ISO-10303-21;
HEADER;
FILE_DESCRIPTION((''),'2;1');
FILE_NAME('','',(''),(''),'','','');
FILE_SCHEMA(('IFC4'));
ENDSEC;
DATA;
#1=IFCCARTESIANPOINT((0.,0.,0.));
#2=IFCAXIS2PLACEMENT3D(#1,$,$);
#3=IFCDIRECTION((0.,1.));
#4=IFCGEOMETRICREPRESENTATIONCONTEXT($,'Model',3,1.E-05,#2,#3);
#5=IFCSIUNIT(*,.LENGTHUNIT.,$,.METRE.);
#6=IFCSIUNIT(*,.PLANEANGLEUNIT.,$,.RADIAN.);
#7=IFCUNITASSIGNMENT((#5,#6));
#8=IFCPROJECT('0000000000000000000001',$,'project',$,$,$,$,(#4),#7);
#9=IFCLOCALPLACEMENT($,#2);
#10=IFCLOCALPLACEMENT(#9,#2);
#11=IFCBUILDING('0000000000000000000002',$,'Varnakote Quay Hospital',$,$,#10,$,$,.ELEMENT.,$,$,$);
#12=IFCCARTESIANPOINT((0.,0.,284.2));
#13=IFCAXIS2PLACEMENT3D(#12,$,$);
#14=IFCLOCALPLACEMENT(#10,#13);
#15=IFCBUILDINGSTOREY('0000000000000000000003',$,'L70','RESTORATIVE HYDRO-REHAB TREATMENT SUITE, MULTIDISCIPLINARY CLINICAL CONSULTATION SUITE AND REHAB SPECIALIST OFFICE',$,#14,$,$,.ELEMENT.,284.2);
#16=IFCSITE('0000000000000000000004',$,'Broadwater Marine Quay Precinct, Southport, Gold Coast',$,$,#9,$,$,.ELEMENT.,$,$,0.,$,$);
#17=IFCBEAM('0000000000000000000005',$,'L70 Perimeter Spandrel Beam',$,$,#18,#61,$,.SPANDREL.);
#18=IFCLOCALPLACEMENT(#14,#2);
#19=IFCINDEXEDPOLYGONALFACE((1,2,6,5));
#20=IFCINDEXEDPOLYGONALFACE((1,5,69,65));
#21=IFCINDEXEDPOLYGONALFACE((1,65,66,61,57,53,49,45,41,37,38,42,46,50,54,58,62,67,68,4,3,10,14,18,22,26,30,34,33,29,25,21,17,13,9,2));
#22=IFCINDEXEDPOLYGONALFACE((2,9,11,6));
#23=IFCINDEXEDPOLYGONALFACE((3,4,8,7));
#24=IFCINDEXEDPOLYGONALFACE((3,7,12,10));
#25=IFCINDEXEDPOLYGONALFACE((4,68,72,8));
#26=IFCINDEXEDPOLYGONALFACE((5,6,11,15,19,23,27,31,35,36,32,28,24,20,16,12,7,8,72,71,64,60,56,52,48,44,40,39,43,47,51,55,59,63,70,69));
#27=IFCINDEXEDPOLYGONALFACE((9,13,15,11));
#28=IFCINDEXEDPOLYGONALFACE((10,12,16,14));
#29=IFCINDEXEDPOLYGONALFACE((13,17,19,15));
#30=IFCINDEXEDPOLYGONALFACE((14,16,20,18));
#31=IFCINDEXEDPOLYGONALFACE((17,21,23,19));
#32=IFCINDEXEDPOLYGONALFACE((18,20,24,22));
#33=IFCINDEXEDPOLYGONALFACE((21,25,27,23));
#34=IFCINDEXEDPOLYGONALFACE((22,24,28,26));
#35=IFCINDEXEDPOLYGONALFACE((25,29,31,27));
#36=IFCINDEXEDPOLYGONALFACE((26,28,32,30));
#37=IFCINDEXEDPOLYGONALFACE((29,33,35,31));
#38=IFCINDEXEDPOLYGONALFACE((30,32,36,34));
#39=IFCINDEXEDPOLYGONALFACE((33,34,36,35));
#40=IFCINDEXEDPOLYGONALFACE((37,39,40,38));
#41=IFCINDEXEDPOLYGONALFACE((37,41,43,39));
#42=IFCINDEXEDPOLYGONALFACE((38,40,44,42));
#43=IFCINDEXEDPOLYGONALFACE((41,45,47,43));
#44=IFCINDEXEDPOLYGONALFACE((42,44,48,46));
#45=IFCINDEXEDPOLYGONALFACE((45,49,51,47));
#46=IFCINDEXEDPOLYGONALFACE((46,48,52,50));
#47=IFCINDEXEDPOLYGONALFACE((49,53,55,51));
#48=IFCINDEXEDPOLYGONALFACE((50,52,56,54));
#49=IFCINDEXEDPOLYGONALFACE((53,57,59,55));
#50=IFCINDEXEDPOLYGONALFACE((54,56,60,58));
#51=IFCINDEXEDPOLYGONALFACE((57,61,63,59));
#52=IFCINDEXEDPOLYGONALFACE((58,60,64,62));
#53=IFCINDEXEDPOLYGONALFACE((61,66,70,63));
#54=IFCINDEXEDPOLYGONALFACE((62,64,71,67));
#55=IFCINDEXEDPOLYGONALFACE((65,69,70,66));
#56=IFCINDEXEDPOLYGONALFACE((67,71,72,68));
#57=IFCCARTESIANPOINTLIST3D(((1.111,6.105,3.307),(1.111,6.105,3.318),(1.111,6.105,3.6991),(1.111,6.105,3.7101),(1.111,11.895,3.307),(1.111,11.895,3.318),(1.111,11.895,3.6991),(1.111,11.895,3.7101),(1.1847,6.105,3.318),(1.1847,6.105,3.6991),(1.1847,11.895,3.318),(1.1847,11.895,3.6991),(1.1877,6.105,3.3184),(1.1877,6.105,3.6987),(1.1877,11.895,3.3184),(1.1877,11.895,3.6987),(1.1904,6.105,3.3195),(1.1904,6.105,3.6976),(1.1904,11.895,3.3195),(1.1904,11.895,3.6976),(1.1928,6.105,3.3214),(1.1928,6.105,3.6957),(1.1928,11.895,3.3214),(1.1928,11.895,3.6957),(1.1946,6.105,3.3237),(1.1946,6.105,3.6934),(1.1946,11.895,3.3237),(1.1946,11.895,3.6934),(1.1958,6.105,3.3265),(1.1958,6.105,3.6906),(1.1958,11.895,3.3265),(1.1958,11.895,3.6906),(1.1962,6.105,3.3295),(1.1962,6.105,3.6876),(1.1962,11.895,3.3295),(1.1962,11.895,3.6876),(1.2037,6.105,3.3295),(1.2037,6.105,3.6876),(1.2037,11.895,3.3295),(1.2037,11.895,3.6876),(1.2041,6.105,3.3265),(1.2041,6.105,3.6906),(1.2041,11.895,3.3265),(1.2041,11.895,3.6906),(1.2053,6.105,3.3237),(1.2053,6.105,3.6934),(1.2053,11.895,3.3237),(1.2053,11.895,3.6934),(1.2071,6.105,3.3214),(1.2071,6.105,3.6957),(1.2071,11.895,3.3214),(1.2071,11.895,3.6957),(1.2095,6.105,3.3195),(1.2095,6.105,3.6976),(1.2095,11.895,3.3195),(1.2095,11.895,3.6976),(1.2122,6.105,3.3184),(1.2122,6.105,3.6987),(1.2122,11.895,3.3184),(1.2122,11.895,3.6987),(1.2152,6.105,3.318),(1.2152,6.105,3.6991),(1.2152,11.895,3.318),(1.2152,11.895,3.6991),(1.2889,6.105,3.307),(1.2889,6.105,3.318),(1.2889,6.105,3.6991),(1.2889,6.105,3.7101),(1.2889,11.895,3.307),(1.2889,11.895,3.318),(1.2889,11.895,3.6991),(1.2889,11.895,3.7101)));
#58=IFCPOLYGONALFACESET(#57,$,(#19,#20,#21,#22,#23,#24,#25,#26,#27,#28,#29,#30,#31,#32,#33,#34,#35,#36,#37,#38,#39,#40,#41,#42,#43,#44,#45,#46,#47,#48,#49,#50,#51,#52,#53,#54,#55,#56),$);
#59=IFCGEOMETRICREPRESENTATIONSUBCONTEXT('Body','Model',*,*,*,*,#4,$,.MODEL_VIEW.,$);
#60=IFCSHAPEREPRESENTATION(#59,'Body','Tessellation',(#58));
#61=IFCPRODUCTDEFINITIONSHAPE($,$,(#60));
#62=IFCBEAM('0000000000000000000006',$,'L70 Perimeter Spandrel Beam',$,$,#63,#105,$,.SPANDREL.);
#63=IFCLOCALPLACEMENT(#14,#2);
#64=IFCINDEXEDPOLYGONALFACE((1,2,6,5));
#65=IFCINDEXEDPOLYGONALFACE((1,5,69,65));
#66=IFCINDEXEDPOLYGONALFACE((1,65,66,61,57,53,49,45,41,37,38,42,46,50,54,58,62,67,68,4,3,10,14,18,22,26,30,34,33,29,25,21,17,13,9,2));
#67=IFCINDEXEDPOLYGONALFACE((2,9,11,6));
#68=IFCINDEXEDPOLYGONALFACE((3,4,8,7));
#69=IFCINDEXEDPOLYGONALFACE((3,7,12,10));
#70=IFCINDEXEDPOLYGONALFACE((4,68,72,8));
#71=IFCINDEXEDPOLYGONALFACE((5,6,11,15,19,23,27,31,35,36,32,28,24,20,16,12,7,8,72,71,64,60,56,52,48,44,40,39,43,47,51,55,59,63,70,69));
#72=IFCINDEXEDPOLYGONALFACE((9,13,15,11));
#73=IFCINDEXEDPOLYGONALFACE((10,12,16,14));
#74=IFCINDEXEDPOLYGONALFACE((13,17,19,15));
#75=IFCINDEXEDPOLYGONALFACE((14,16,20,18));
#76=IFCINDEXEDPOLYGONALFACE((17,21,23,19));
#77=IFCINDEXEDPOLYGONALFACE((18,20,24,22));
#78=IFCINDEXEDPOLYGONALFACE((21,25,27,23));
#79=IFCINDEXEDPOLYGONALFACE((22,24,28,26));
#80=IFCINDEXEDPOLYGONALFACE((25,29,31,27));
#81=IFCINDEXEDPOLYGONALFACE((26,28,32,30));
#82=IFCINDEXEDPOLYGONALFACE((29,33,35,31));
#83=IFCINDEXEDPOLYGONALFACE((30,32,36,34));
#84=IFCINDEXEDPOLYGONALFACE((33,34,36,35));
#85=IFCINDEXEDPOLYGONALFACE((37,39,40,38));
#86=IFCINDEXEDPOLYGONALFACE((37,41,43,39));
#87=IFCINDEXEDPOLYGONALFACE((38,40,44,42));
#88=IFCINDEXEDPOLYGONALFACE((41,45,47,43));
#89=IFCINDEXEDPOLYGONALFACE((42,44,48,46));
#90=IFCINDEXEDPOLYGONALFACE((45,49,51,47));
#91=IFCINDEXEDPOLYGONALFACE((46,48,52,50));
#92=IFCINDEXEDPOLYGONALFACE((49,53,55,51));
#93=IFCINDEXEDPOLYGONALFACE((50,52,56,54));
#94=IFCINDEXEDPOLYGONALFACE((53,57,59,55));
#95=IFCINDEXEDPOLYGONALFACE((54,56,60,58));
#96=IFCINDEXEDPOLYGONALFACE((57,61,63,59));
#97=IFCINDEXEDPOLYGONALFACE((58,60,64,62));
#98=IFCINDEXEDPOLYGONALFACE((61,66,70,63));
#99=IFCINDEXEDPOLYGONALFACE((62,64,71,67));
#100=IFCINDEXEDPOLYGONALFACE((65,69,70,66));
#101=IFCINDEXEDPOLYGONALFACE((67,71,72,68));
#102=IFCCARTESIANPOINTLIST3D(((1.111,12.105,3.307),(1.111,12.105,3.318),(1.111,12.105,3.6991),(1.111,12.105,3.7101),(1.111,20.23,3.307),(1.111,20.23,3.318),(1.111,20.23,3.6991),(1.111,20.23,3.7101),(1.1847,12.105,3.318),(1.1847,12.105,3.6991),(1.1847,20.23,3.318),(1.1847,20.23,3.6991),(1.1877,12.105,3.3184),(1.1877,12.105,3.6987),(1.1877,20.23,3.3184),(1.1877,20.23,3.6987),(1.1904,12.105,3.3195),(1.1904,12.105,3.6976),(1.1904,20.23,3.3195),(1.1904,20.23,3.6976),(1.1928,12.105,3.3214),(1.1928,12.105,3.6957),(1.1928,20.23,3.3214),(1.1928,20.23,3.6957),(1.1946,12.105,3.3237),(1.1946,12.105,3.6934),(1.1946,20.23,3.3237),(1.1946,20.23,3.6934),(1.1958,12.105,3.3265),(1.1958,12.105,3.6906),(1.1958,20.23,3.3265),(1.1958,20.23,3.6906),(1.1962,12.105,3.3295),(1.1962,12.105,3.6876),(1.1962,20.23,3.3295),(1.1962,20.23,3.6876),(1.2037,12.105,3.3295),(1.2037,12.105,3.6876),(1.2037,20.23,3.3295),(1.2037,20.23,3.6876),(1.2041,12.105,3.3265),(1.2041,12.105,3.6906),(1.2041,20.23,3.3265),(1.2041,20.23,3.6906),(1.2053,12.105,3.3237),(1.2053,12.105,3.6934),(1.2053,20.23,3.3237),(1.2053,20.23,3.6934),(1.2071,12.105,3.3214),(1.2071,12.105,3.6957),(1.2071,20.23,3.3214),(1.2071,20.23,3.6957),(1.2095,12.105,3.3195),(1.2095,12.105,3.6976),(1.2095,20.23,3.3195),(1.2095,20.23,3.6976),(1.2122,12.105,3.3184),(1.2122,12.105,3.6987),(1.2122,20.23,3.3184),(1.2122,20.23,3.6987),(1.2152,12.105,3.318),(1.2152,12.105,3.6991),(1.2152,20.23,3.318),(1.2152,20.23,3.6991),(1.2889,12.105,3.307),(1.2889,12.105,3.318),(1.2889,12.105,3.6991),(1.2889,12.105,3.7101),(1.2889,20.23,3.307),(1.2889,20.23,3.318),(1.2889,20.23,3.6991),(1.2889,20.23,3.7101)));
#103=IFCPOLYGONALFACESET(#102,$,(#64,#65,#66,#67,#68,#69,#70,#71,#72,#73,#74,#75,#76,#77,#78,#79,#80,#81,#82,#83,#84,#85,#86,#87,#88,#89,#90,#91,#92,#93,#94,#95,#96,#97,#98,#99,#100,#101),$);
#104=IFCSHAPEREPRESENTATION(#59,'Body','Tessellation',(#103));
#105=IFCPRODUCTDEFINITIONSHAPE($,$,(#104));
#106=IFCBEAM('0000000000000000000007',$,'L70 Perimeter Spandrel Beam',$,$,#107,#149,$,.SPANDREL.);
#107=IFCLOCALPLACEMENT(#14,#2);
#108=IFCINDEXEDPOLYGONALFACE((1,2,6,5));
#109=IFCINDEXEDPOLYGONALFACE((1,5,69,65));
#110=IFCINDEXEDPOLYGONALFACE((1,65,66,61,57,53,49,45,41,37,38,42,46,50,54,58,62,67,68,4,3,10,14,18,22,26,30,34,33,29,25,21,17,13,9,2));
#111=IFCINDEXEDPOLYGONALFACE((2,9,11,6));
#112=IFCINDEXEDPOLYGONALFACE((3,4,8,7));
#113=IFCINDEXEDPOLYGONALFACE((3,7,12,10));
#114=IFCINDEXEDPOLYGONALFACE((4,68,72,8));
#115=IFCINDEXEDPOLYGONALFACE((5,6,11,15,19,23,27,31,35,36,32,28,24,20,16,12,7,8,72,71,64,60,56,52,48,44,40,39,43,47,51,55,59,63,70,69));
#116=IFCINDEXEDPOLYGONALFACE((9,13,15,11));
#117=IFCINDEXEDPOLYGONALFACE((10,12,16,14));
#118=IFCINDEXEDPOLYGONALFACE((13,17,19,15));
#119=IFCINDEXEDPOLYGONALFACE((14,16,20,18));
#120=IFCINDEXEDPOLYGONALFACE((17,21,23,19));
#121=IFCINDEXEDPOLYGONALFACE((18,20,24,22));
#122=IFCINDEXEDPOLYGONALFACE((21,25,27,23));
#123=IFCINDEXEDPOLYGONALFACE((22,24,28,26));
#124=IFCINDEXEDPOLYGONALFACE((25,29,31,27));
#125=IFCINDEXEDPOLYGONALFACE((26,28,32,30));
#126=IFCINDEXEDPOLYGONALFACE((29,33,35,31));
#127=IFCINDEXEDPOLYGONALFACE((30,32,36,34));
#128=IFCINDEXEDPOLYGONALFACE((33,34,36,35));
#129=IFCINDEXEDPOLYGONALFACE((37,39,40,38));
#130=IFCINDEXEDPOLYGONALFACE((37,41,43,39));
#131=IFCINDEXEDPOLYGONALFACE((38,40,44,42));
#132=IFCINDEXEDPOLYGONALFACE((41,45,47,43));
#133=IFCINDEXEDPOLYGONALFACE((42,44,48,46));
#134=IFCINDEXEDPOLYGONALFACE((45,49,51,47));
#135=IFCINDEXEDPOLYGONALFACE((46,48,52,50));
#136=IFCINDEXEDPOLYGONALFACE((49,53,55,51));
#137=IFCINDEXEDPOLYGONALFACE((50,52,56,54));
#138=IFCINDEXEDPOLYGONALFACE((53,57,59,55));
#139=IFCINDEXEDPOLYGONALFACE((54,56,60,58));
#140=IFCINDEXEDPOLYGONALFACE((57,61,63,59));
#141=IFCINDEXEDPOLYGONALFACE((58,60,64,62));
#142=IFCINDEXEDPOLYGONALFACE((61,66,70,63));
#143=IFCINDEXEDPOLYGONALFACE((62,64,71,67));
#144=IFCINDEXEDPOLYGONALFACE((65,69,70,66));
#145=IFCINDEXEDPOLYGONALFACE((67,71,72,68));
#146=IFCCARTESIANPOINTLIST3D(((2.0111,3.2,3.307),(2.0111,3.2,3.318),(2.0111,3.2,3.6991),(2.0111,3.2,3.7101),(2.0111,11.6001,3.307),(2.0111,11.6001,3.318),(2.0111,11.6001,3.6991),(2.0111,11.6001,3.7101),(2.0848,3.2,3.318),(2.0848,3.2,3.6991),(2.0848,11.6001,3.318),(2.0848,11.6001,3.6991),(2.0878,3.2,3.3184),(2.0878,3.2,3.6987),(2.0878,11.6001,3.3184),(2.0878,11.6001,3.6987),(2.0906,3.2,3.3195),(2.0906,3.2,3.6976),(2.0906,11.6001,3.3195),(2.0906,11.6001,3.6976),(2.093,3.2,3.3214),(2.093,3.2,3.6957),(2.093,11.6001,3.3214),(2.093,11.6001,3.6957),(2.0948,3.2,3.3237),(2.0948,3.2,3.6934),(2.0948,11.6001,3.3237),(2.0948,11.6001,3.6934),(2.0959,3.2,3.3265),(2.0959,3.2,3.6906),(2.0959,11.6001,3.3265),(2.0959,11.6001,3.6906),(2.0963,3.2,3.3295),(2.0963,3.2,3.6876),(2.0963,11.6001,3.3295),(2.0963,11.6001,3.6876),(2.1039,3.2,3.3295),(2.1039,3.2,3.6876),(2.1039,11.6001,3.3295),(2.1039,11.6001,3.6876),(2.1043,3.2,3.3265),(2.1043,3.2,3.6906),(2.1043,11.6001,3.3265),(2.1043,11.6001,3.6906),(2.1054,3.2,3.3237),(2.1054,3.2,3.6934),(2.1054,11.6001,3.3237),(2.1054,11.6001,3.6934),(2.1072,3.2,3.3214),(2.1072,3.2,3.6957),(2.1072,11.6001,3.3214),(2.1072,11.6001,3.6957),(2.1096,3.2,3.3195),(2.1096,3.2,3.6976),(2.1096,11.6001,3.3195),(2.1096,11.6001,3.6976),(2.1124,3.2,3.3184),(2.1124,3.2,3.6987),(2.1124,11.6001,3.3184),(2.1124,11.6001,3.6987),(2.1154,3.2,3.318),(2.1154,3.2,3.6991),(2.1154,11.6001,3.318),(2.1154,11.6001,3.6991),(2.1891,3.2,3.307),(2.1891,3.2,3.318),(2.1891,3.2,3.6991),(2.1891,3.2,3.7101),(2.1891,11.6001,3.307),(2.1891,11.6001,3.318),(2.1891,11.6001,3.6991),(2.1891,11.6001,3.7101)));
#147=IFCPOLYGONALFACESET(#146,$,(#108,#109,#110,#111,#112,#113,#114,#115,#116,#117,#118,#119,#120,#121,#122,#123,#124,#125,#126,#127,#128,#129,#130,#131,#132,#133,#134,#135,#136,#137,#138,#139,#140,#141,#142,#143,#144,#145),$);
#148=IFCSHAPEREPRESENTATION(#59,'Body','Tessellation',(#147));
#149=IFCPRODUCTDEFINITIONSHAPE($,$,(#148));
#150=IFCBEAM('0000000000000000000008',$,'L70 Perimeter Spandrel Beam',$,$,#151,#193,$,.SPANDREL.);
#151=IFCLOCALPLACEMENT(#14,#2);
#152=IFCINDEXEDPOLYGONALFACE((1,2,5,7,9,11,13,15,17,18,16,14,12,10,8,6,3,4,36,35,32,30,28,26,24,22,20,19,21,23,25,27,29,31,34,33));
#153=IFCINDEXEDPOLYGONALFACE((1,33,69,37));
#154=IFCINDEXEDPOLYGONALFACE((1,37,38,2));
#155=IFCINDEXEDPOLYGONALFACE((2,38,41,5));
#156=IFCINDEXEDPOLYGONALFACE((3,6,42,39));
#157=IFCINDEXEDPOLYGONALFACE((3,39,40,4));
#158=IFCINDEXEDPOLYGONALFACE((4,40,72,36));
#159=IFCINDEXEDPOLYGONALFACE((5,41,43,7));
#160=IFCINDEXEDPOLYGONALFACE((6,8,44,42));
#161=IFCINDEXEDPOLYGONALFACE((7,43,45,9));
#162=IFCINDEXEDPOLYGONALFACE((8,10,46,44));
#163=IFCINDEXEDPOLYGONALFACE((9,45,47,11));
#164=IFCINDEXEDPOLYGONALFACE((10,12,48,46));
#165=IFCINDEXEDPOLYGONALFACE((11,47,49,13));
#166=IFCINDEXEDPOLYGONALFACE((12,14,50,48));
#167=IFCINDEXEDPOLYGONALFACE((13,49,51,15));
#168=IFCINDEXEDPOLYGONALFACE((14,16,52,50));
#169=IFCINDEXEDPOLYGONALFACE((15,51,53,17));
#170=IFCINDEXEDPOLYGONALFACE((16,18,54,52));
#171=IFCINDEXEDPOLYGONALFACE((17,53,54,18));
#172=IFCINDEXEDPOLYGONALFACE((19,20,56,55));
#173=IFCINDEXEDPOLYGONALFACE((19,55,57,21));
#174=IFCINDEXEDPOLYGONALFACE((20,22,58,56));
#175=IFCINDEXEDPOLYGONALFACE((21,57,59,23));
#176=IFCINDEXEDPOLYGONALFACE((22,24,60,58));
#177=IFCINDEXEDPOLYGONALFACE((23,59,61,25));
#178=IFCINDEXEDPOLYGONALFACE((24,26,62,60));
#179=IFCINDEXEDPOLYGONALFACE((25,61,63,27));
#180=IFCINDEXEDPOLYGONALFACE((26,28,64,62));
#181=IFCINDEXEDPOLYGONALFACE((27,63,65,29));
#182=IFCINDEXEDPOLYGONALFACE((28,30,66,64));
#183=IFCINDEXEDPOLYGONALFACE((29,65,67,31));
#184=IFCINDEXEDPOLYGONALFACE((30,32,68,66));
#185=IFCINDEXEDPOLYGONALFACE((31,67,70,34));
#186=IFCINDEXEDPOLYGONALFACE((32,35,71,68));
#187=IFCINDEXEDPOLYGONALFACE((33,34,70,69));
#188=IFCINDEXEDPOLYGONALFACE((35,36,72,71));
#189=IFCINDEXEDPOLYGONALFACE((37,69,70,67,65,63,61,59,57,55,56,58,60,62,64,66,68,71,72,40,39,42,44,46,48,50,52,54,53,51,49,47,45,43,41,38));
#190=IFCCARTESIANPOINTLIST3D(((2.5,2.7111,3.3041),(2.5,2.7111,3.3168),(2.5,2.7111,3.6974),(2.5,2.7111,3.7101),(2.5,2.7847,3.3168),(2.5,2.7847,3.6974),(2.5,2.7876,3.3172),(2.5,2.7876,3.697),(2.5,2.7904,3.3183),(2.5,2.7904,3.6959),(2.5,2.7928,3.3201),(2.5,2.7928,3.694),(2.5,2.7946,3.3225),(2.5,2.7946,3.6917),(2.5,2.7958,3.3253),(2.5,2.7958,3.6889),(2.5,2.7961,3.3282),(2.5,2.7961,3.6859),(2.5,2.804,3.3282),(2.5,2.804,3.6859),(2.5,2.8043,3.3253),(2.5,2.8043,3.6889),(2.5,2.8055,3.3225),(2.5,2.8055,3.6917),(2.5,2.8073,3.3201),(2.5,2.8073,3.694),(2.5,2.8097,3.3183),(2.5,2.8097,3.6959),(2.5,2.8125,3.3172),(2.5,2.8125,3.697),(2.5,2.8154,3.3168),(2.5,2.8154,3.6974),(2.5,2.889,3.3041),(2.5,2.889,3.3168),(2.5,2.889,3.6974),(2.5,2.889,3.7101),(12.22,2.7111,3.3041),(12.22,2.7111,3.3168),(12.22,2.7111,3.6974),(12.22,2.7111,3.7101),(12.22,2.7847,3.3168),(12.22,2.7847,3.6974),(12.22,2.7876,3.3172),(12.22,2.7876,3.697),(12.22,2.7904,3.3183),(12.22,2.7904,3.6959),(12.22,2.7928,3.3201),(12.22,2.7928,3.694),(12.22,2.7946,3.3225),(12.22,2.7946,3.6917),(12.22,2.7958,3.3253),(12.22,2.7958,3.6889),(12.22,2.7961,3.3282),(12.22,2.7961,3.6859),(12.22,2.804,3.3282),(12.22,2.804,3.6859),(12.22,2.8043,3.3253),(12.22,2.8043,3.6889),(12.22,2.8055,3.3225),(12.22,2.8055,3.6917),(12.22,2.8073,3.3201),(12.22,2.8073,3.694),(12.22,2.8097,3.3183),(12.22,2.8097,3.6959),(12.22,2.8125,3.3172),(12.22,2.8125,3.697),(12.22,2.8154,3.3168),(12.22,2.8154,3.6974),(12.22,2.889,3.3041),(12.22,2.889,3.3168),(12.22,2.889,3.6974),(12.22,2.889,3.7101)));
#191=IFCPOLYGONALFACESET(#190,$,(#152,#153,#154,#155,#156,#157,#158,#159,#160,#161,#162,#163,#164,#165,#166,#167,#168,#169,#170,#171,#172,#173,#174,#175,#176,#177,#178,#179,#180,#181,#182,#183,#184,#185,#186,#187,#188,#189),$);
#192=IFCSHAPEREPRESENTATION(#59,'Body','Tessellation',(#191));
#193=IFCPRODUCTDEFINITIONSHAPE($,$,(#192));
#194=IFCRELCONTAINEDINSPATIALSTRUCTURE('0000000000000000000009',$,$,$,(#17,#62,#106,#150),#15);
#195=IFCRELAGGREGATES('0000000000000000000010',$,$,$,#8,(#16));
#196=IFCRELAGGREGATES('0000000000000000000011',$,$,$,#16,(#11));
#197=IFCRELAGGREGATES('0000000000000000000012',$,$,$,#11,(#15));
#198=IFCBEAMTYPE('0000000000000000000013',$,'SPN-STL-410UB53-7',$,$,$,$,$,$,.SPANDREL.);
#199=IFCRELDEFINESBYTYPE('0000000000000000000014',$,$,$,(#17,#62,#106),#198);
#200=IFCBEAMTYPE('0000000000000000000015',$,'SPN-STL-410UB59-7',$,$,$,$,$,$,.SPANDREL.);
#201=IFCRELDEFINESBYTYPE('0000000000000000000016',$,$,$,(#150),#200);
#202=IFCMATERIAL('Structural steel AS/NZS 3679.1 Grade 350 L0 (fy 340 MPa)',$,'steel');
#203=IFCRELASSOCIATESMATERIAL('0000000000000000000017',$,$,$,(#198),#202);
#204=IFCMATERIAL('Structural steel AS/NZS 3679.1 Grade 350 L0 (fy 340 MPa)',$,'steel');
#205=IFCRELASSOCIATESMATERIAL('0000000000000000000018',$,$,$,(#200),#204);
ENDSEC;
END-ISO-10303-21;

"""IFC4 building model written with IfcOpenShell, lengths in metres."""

from ifc_helpers import new_model, si_unit, direction, frame, origin, origin_2d, place, context, subcontext, project, spatial, i_section, extrude, material, material_profile, profile_set, type_object, element, save


model = new_model("IFC4")

# Units and contexts
model_context = context("Model", 3, precision=1e-05, world=origin(), true_north=direction((0.0, 1.0)))
body_context = subcontext(model_context, "Body", "Model", "MODEL_VIEW")
ifc_project = project(units=[si_unit("LENGTHUNIT", "METRE"), si_unit("PLANEANGLEUNIT", "RADIAN")], contexts=[model_context])

# Site, building, storey
site_placement = place(None, origin())
site = spatial("IfcSite", under=ifc_project, at=site_placement, Name="Broadwater Marine Quay Precinct, Southport, Gold Coast", CompositionType="ELEMENT", RefElevation=0.0)
building_placement = place(site_placement, origin())
building = spatial("IfcBuilding", under=site, at=building_placement, Name="Varnakote Quay Hospital", CompositionType="ELEMENT")
storey_placement = place(building_placement, frame((0.0, 0.0, 284.2)))
storey = spatial("IfcBuildingStorey", under=building, at=storey_placement, Name="L70", Description="RESTORATIVE HYDRO-REHAB TREATMENT SUITE, MULTIDISCIPLINARY CLINICAL CONSULTATION SUITE AND REHAB SPECIALIST OFFICE", CompositionType="ELEMENT", Elevation=284.2)

# Beams
ifc_material_1 = material(Name="Structural steel AS/NZS 3679.1 Grade 350 L0 (fy 340 MPa)", Category="steel")
ifc_material_profile_1 = material_profile(ifc_material_1, i_section(OverallWidth=0.178, OverallDepth=0.4031, WebThickness=0.0076, FlangeThickness=0.011, FilletRadius=0.0115, at=origin_2d()), Name="410UB53.7")
ifc_profile_set_1 = profile_set([ifc_material_profile_1], Name="Structural steel AS/NZS 3679.1 Grade 350 L0 (fy 340 MPa)")
beam_type_1 = type_object("IfcBeamType", Name="SPN-STL-410UB53-7", PredefinedType="SPANDREL", material=ifc_profile_set_1)
beam_1_placement = place(storey_placement, frame((1.2, 6.105, 3.5085), z_axis=(0.0, 1.0, 0.0), x_axis=(-1.0, 0.0, 0.0)))
element("IfcBeam", 1, at=beam_1_placement, inside=storey, type_object=beam_type_1, Name="L70 Perimeter Spandrel Beam", PredefinedType="SPANDREL", context=body_context, shape_type="SweptSolid", body=[
    extrude(i_section(OverallWidth=0.178, OverallDepth=0.4031, WebThickness=0.0076, FlangeThickness=0.011, FilletRadius=0.0115, at=origin_2d()), origin(), (0.0, 0.0, 1.0), 5.79),
])
beam_2_placement = place(storey_placement, frame((1.2, 12.105, 3.5085), z_axis=(0.0, 1.0, 0.0), x_axis=(-1.0, 0.0, 0.0)))
element("IfcBeam", 2, at=beam_2_placement, inside=storey, type_object=beam_type_1, Name="L70 Perimeter Spandrel Beam", PredefinedType="SPANDREL", context=body_context, shape_type="SweptSolid", body=[
    extrude(i_section(OverallWidth=0.178, OverallDepth=0.4031, WebThickness=0.0076, FlangeThickness=0.011, FilletRadius=0.0115, at=origin_2d()), origin(), (0.0, 0.0, 1.0), 8.125),
])
beam_3_placement = place(storey_placement, frame((2.1001, 3.2, 3.5085), z_axis=(0.0, 1.0, 0.0), x_axis=(-1.0, 0.0, 0.0)))
element("IfcBeam", 3, at=beam_3_placement, inside=storey, type_object=beam_type_1, Name="L70 Perimeter Spandrel Beam", PredefinedType="SPANDREL", context=body_context, shape_type="SweptSolid", body=[
    extrude(i_section(OverallWidth=0.178, OverallDepth=0.4031, WebThickness=0.0076, FlangeThickness=0.011, FilletRadius=0.0115, at=origin_2d()), origin(), (0.0, 0.0, 1.0), 8.4001),
])
ifc_material_2 = material(Name="Structural steel AS/NZS 3679.1 Grade 350 L0 (fy 340 MPa)", Category="steel")
ifc_material_profile_2 = material_profile(ifc_material_2, i_section(OverallWidth=0.178, OverallDepth=0.406, WebThickness=0.0078, FlangeThickness=0.0127, FilletRadius=0.0115, at=origin_2d()), Name="410UB59.7")
ifc_profile_set_2 = profile_set([ifc_material_profile_2], Name="Structural steel AS/NZS 3679.1 Grade 350 L0 (fy 340 MPa)")
beam_type_2 = type_object("IfcBeamType", Name="SPN-STL-410UB59-7", PredefinedType="SPANDREL", material=ifc_profile_set_2)
beam_4_placement = place(storey_placement, frame((2.5, 2.8, 3.5071), z_axis=(1.0, 0.0, 0.0), x_axis=(0.0, 1.0, 0.0)))
element("IfcBeam", 4, at=beam_4_placement, inside=storey, type_object=beam_type_2, Name="L70 Perimeter Spandrel Beam", PredefinedType="SPANDREL", context=body_context, shape_type="SweptSolid", body=[
    extrude(i_section(OverallWidth=0.178, OverallDepth=0.406, WebThickness=0.0078, FlangeThickness=0.0127, FilletRadius=0.0115, at=origin_2d()), origin(), (0.0, 0.0, 1.0), 9.72),
])

save(model, "model.ifc")
